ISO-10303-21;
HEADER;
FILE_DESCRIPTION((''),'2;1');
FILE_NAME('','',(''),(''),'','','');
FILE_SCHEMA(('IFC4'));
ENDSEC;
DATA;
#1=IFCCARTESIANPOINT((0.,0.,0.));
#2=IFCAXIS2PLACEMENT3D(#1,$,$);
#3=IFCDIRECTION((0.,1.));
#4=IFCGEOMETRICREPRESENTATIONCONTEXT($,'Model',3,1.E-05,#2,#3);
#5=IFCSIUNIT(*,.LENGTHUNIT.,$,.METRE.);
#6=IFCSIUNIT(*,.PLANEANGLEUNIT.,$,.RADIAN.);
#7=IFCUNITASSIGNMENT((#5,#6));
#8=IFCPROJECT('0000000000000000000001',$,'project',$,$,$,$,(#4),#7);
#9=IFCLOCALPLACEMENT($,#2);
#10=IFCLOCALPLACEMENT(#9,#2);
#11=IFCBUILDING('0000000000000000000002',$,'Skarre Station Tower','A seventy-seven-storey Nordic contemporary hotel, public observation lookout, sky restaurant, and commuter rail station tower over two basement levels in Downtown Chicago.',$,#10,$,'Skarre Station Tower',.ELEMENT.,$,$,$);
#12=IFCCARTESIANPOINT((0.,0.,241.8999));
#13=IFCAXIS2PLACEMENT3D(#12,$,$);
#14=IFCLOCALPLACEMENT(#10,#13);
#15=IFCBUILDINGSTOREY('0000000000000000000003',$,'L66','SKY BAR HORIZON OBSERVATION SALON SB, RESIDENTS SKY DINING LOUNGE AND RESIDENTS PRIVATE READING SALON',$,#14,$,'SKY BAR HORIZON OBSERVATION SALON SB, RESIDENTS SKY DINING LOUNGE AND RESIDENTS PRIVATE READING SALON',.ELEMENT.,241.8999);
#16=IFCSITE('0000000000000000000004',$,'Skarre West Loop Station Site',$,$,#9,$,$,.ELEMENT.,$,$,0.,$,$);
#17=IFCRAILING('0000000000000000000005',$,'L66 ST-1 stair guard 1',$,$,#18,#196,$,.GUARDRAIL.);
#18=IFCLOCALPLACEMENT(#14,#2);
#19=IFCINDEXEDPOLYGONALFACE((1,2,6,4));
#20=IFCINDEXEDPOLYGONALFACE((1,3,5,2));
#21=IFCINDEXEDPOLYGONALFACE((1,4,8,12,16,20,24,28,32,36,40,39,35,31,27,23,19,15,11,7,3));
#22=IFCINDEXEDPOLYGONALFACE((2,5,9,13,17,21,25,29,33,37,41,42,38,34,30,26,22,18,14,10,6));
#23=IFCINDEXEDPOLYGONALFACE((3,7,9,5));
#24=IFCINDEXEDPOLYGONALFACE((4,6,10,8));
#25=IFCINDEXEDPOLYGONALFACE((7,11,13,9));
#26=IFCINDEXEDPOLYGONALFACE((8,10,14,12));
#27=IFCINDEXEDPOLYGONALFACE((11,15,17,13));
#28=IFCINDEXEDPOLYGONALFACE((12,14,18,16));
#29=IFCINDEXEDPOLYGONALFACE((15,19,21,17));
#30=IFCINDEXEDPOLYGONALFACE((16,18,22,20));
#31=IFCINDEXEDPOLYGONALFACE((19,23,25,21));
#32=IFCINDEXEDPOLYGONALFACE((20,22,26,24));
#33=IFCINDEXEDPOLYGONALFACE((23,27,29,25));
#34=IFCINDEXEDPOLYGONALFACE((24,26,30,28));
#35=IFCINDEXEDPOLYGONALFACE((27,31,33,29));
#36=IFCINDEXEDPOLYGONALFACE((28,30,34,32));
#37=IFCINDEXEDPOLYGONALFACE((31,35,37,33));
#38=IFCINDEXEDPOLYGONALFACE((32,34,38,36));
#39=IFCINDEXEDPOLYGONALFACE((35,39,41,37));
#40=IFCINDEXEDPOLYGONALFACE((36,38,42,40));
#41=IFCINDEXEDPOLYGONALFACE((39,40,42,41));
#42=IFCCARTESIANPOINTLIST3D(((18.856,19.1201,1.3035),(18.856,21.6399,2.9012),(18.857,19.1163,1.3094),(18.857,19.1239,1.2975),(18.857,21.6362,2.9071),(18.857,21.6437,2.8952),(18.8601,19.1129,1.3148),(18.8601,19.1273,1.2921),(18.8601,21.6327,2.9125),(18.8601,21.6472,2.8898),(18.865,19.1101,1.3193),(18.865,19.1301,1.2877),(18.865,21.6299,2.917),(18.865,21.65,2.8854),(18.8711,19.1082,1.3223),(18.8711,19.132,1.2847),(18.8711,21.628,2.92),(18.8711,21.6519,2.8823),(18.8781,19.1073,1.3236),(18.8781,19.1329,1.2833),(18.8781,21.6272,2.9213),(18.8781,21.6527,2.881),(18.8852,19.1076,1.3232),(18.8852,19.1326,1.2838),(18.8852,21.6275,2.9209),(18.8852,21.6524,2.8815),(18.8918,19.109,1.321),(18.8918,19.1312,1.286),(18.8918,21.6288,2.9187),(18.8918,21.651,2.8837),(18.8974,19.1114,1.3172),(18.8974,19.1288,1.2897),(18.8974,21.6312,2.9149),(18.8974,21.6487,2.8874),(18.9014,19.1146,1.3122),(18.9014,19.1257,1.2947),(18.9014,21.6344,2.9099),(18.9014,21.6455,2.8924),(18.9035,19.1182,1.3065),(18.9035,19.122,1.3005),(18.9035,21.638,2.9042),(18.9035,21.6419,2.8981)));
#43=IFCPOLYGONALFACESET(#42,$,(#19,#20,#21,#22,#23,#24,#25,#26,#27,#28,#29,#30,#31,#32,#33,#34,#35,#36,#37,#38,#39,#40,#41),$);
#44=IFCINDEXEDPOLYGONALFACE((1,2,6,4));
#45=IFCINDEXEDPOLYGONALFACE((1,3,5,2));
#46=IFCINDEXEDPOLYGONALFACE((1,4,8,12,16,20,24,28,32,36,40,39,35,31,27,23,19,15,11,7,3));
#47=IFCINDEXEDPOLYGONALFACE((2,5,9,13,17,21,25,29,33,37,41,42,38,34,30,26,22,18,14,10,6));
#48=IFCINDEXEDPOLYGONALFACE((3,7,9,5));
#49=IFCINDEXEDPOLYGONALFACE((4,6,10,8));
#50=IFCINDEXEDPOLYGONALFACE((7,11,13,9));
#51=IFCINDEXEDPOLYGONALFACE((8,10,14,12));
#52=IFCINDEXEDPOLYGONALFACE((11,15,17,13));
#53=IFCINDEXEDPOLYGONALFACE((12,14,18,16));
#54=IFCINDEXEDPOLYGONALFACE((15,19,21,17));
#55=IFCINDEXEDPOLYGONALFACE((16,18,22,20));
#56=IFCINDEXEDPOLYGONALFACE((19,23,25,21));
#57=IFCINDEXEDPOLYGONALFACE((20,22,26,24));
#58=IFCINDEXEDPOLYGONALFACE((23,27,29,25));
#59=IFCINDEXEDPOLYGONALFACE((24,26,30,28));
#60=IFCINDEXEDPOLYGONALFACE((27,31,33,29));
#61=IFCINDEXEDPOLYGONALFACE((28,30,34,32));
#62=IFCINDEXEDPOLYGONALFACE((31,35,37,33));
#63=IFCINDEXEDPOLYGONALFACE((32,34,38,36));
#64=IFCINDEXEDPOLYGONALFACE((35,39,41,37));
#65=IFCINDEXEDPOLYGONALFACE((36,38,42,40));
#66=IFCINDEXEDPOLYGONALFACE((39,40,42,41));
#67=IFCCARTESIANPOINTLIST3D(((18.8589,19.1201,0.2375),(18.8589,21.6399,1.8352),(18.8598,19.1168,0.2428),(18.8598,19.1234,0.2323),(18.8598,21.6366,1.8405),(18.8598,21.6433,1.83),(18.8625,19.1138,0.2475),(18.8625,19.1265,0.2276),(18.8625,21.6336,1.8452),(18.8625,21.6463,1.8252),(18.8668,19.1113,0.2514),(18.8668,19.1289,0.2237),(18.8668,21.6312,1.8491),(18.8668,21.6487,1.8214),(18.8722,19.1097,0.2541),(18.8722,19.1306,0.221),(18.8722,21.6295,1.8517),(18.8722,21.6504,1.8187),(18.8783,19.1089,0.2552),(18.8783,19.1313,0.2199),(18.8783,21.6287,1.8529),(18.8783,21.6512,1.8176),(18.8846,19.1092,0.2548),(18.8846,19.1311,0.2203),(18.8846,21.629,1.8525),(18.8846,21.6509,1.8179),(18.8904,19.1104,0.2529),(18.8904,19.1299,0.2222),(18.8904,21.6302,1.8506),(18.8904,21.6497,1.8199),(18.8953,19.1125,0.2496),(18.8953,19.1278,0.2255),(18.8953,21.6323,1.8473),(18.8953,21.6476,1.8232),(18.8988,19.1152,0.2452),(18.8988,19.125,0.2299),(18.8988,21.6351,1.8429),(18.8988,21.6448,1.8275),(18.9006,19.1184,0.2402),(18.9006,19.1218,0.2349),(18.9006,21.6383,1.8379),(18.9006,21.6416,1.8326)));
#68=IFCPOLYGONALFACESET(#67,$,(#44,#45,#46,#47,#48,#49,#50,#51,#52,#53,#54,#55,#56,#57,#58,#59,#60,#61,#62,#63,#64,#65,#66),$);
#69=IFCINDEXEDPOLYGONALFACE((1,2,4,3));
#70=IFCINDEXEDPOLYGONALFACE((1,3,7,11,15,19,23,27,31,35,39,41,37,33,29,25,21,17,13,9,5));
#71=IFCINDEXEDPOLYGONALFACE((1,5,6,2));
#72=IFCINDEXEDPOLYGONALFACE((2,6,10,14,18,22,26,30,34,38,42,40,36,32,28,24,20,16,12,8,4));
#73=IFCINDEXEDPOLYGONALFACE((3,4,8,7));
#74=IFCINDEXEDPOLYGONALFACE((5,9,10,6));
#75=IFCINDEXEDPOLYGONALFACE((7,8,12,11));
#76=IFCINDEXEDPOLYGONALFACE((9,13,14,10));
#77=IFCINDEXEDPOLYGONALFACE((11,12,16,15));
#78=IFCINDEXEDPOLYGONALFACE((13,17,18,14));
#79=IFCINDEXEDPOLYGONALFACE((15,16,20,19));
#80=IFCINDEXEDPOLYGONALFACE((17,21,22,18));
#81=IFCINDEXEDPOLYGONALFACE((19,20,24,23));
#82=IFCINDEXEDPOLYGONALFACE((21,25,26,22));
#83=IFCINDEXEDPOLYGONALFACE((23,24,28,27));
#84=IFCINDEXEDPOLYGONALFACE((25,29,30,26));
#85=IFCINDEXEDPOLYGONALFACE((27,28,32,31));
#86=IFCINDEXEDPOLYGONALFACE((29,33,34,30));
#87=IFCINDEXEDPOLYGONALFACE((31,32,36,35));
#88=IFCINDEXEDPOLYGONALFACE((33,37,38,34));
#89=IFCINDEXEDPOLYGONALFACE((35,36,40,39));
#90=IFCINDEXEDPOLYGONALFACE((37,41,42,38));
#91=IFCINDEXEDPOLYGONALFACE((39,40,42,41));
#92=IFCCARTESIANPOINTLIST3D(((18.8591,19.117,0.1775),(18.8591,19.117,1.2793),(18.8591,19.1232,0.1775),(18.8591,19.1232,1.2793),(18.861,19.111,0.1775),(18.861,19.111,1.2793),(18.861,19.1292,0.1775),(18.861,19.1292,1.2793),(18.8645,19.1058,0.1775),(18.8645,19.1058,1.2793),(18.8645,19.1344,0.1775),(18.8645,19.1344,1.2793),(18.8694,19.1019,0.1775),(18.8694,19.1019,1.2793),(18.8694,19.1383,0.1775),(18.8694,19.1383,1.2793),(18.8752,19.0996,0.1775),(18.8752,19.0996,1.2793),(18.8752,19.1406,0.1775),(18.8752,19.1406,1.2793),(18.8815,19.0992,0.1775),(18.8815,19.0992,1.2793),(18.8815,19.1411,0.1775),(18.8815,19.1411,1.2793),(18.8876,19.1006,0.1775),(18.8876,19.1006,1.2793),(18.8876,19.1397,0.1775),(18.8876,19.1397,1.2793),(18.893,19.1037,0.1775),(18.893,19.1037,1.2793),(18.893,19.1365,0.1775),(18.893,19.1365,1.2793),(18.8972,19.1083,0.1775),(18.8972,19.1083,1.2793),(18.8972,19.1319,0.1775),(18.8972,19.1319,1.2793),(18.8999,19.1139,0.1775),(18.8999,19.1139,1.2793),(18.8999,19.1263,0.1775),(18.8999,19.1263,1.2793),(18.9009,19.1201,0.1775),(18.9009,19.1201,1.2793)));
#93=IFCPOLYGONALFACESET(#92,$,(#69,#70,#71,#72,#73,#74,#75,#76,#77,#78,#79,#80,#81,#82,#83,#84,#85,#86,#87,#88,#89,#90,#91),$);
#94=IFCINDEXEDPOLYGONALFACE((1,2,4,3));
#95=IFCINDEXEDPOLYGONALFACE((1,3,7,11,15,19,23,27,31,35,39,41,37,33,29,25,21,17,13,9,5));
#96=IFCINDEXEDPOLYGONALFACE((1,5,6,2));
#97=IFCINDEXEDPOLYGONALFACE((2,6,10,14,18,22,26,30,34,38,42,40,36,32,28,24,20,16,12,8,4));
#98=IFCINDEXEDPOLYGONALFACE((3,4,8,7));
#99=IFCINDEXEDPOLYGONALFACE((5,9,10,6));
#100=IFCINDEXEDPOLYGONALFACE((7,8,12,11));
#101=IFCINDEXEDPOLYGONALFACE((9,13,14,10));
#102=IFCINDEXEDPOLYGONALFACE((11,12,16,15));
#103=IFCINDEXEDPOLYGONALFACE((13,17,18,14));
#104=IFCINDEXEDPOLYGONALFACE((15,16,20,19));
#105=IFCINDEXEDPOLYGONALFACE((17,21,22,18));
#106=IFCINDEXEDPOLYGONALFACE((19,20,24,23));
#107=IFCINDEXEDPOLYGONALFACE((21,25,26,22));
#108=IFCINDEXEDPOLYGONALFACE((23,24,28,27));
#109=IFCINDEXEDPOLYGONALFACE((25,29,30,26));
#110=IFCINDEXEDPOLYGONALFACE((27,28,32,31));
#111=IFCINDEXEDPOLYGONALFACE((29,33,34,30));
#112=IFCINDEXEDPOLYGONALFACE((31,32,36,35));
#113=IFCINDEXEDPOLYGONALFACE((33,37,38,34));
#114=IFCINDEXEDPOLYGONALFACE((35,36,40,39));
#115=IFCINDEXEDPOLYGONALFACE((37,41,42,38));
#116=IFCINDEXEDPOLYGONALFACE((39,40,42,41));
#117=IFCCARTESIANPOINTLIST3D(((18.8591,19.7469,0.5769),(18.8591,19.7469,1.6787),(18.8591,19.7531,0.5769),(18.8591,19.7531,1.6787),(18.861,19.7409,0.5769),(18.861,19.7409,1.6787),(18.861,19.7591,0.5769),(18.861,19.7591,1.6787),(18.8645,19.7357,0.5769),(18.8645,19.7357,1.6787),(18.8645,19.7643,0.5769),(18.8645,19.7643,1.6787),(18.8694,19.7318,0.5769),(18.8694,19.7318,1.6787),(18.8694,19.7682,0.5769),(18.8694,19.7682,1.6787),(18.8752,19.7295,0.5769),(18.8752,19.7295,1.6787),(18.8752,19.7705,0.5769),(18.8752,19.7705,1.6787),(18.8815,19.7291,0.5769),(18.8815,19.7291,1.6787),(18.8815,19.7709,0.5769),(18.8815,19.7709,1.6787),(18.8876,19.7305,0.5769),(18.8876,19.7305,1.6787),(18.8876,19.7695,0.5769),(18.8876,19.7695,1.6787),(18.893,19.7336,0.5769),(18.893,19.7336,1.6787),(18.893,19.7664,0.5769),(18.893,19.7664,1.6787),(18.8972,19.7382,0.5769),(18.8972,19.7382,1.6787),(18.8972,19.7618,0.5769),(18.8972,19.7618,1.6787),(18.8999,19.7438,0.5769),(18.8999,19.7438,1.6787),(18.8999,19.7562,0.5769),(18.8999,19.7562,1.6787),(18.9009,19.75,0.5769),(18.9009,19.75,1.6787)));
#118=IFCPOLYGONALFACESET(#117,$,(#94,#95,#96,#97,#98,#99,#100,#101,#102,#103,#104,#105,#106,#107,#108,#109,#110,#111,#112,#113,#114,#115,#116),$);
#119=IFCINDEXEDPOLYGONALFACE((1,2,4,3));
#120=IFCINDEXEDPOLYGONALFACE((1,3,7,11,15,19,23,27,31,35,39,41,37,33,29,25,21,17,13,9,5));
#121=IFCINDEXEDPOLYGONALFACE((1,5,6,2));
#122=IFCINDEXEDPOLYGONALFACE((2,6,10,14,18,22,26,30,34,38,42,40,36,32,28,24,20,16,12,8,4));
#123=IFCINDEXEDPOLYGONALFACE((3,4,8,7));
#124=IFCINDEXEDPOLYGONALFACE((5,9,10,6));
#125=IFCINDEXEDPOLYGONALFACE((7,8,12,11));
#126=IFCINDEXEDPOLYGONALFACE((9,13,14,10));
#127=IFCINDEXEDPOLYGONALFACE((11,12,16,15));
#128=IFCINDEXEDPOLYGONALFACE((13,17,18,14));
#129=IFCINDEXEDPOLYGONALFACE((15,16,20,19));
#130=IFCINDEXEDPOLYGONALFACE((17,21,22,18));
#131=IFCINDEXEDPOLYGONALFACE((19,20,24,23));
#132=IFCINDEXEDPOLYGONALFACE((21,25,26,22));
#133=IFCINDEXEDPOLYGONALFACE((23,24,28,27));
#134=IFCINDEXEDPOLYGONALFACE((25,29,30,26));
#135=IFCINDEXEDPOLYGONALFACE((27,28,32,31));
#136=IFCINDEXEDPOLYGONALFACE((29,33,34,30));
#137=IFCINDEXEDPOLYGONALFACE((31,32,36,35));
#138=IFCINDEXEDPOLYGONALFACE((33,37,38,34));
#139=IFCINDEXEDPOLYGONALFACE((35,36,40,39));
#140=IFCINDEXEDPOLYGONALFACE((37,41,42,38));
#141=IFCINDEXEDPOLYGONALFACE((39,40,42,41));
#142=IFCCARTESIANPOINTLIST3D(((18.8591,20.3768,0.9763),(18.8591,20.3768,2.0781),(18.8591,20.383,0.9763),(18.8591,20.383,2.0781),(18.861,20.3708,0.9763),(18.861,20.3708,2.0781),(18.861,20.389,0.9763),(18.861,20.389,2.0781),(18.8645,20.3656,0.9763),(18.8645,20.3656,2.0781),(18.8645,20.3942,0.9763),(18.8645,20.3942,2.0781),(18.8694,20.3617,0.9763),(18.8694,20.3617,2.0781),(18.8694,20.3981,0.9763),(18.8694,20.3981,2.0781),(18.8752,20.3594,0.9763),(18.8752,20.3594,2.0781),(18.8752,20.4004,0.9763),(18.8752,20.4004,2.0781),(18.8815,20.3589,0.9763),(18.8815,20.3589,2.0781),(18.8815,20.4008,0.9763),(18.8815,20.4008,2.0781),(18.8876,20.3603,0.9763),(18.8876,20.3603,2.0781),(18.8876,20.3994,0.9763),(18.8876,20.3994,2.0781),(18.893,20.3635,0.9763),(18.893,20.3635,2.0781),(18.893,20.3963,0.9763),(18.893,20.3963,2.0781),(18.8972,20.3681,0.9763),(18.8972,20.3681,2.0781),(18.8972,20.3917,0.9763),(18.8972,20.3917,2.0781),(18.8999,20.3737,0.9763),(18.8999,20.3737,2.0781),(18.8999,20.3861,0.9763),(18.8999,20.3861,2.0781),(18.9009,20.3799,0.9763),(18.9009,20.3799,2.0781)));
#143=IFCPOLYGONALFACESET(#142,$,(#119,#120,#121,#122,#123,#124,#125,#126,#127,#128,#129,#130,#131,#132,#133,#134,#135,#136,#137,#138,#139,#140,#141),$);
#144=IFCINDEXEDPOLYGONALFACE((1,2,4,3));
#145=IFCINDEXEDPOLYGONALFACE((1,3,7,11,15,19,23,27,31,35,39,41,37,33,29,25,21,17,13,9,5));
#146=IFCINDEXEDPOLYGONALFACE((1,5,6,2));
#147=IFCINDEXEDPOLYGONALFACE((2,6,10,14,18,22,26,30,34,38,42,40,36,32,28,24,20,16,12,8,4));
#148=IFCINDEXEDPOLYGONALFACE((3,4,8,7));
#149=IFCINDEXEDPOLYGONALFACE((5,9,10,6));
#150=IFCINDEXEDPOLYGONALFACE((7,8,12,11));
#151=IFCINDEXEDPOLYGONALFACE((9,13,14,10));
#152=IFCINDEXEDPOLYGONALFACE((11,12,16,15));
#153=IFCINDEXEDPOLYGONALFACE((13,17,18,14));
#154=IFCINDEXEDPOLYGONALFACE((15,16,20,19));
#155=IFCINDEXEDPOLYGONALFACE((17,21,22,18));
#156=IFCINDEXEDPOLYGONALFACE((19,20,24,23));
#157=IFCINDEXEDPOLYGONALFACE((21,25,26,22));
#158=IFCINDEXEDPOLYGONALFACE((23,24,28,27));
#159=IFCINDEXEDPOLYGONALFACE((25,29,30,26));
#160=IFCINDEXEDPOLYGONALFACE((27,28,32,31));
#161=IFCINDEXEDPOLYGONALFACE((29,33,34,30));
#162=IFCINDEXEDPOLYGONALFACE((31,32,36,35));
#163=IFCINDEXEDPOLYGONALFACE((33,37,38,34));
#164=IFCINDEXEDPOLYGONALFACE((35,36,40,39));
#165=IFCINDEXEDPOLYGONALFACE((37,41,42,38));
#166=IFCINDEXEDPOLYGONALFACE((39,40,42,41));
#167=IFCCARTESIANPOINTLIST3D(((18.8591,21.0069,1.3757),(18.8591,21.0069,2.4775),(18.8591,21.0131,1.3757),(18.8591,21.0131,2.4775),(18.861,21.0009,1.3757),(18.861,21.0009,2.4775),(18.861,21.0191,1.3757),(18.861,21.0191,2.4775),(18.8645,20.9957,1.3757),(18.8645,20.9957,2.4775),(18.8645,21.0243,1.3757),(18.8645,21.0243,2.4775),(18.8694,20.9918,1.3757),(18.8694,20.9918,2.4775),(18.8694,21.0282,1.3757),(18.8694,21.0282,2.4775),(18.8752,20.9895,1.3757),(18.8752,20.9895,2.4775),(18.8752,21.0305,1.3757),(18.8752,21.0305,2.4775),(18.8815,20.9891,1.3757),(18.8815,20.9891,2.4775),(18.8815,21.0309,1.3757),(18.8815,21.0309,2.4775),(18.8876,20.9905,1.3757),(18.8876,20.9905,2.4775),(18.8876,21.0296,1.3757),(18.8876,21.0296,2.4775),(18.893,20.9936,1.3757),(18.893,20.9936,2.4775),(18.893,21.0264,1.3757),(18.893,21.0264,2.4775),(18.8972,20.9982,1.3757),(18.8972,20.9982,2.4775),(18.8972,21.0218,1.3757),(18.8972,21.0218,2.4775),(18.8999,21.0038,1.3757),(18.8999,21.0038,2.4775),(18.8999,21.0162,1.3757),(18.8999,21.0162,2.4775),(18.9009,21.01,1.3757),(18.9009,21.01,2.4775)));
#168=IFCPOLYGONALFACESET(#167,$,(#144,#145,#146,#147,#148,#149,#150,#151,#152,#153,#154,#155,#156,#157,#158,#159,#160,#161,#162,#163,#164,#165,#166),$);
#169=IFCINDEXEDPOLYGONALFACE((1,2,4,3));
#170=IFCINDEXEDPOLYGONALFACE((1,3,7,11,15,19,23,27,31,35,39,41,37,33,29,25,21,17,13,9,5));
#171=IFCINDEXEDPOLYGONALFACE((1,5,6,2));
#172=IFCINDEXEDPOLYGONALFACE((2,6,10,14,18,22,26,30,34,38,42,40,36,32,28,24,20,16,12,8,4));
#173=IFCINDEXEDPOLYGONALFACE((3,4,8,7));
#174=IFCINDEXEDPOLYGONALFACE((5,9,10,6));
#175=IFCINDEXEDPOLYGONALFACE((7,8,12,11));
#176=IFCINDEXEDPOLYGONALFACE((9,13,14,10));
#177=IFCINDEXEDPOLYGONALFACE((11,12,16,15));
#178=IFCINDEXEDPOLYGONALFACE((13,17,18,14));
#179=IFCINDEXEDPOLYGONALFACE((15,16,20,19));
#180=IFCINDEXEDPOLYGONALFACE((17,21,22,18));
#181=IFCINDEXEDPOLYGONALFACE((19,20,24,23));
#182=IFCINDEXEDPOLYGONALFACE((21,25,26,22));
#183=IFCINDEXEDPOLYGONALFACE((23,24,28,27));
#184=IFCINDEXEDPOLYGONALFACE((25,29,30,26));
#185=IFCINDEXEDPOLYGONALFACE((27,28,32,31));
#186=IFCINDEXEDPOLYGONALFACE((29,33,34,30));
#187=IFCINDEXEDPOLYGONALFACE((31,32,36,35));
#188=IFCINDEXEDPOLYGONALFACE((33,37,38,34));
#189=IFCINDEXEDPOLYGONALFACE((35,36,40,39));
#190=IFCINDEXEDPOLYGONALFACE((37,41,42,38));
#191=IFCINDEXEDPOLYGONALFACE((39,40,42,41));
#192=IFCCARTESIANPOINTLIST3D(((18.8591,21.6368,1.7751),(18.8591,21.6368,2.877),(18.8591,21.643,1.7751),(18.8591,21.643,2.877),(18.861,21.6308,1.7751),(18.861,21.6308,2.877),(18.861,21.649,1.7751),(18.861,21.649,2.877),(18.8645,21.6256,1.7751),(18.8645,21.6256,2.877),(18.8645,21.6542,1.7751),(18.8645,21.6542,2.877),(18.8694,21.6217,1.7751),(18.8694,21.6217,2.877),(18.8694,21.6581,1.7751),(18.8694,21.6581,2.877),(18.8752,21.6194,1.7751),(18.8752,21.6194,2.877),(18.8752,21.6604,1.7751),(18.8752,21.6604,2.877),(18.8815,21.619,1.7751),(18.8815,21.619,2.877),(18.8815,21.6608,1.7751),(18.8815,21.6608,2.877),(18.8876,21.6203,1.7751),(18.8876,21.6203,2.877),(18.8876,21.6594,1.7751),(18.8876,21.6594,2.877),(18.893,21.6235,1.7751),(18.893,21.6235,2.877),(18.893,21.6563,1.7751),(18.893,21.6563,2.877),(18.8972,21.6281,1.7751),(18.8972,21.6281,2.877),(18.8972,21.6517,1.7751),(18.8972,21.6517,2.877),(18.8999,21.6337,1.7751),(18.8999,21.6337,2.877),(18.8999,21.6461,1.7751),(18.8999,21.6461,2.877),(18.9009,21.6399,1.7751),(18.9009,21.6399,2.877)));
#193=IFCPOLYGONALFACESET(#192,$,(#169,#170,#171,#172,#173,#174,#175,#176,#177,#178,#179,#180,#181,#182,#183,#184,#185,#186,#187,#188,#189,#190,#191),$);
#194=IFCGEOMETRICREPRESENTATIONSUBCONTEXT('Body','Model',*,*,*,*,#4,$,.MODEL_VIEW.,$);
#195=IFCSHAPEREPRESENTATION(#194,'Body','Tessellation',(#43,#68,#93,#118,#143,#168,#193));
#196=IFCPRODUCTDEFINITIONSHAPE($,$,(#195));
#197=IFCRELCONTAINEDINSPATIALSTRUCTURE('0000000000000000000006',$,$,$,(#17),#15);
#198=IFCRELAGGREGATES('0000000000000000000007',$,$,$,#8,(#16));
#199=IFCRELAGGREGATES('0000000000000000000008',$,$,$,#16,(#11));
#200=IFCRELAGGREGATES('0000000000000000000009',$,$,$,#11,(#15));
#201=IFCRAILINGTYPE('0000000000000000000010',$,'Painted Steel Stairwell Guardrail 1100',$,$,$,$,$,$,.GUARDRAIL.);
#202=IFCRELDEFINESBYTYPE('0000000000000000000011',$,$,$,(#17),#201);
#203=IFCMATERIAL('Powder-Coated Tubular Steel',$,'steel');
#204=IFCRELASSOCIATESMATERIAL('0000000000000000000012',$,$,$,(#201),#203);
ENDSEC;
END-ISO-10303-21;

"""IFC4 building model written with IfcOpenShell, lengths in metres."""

from ifc_helpers import new_model, si_unit, direction, frame, origin, origin_2d, place, context, subcontext, project, spatial, circle, extrude, material, type_object, element, save


model = new_model("IFC4")

# Units and contexts
model_context = context("Model", 3, precision=1e-05, world=origin(), true_north=direction((0.0, 1.0)))
body_context = subcontext(model_context, "Body", "Model", "MODEL_VIEW")
ifc_project = project(units=[si_unit("LENGTHUNIT", "METRE"), si_unit("PLANEANGLEUNIT", "RADIAN")], contexts=[model_context])

# Site, building, storey
site_placement = place(None, origin())
site = spatial("IfcSite", under=ifc_project, at=site_placement, Name="Skarre West Loop Station Site", CompositionType="ELEMENT", RefElevation=0.0)
building_placement = place(site_placement, origin())
building = spatial("IfcBuilding", under=site, at=building_placement, Name="Skarre Station Tower", Description="A seventy-seven-storey Nordic contemporary hotel, public observation lookout, sky restaurant, and commuter rail station tower over two basement levels in Downtown Chicago.", LongName="Skarre Station Tower", CompositionType="ELEMENT")
storey_placement = place(building_placement, frame((0.0, 0.0, 241.8999)))
storey = spatial("IfcBuildingStorey", under=building, at=storey_placement, Name="L66", Description="SKY BAR HORIZON OBSERVATION SALON SB, RESIDENTS SKY DINING LOUNGE AND RESIDENTS PRIVATE READING SALON", LongName="SKY BAR HORIZON OBSERVATION SALON SB, RESIDENTS SKY DINING LOUNGE AND RESIDENTS PRIVATE READING SALON", CompositionType="ELEMENT", Elevation=241.8999)

# Railing
ifc_material_1 = material(Name="Powder-Coated Tubular Steel", Category="steel")
railing_type_1 = type_object("IfcRailingType", Name="Painted Steel Stairwell Guardrail 1100", PredefinedType="GUARDRAIL", material=ifc_material_1)
railing_1_placement = place(storey_placement, frame((18.8799, 19.1201, 0.1775)))
element("IfcRailing", 1, at=railing_1_placement, inside=storey, type_object=railing_type_1, Name="L66 ST-1 stair guard 1", PredefinedType="GUARDRAIL", context=body_context, shape_type="SweptSolid", body=[
    extrude(circle(Radius=0.0239, at=origin_2d()), frame((0.0, 0.0, 1.126), z_axis=(0.0, 0.844546, 0.535482), x_axis=(-1.0, 0.0, 0.0)), (0.0, 0.0, 1.0), 2.9836),
    extrude(circle(Radius=0.021, at=origin_2d()), frame((0.0, 0.0, 0.0601), z_axis=(0.0, 0.844546, 0.535482), x_axis=(-1.0, 0.0, 0.0)), (0.0, 0.0, 1.0), 2.9836),
    extrude(circle(Radius=0.021, at=origin_2d()), origin(), (0.0, 0.0, 1.0), 1.1018),
    extrude(circle(Radius=0.021, at=origin_2d()), frame((0.0, 0.6299, 0.3994)), (0.0, 0.0, 1.0), 1.1018),
    extrude(circle(Radius=0.021, at=origin_2d()), frame((0.0, 1.2598, 0.7988)), (0.0, 0.0, 1.0), 1.1018),
    extrude(circle(Radius=0.021, at=origin_2d()), frame((0.0, 1.8899, 1.1982)), (0.0, 0.0, 1.0), 1.1018),
    extrude(circle(Radius=0.021, at=origin_2d()), frame((0.0, 2.5198, 1.5977)), (0.0, 0.0, 1.0), 1.1018),
])

save(model, "model.ifc")
